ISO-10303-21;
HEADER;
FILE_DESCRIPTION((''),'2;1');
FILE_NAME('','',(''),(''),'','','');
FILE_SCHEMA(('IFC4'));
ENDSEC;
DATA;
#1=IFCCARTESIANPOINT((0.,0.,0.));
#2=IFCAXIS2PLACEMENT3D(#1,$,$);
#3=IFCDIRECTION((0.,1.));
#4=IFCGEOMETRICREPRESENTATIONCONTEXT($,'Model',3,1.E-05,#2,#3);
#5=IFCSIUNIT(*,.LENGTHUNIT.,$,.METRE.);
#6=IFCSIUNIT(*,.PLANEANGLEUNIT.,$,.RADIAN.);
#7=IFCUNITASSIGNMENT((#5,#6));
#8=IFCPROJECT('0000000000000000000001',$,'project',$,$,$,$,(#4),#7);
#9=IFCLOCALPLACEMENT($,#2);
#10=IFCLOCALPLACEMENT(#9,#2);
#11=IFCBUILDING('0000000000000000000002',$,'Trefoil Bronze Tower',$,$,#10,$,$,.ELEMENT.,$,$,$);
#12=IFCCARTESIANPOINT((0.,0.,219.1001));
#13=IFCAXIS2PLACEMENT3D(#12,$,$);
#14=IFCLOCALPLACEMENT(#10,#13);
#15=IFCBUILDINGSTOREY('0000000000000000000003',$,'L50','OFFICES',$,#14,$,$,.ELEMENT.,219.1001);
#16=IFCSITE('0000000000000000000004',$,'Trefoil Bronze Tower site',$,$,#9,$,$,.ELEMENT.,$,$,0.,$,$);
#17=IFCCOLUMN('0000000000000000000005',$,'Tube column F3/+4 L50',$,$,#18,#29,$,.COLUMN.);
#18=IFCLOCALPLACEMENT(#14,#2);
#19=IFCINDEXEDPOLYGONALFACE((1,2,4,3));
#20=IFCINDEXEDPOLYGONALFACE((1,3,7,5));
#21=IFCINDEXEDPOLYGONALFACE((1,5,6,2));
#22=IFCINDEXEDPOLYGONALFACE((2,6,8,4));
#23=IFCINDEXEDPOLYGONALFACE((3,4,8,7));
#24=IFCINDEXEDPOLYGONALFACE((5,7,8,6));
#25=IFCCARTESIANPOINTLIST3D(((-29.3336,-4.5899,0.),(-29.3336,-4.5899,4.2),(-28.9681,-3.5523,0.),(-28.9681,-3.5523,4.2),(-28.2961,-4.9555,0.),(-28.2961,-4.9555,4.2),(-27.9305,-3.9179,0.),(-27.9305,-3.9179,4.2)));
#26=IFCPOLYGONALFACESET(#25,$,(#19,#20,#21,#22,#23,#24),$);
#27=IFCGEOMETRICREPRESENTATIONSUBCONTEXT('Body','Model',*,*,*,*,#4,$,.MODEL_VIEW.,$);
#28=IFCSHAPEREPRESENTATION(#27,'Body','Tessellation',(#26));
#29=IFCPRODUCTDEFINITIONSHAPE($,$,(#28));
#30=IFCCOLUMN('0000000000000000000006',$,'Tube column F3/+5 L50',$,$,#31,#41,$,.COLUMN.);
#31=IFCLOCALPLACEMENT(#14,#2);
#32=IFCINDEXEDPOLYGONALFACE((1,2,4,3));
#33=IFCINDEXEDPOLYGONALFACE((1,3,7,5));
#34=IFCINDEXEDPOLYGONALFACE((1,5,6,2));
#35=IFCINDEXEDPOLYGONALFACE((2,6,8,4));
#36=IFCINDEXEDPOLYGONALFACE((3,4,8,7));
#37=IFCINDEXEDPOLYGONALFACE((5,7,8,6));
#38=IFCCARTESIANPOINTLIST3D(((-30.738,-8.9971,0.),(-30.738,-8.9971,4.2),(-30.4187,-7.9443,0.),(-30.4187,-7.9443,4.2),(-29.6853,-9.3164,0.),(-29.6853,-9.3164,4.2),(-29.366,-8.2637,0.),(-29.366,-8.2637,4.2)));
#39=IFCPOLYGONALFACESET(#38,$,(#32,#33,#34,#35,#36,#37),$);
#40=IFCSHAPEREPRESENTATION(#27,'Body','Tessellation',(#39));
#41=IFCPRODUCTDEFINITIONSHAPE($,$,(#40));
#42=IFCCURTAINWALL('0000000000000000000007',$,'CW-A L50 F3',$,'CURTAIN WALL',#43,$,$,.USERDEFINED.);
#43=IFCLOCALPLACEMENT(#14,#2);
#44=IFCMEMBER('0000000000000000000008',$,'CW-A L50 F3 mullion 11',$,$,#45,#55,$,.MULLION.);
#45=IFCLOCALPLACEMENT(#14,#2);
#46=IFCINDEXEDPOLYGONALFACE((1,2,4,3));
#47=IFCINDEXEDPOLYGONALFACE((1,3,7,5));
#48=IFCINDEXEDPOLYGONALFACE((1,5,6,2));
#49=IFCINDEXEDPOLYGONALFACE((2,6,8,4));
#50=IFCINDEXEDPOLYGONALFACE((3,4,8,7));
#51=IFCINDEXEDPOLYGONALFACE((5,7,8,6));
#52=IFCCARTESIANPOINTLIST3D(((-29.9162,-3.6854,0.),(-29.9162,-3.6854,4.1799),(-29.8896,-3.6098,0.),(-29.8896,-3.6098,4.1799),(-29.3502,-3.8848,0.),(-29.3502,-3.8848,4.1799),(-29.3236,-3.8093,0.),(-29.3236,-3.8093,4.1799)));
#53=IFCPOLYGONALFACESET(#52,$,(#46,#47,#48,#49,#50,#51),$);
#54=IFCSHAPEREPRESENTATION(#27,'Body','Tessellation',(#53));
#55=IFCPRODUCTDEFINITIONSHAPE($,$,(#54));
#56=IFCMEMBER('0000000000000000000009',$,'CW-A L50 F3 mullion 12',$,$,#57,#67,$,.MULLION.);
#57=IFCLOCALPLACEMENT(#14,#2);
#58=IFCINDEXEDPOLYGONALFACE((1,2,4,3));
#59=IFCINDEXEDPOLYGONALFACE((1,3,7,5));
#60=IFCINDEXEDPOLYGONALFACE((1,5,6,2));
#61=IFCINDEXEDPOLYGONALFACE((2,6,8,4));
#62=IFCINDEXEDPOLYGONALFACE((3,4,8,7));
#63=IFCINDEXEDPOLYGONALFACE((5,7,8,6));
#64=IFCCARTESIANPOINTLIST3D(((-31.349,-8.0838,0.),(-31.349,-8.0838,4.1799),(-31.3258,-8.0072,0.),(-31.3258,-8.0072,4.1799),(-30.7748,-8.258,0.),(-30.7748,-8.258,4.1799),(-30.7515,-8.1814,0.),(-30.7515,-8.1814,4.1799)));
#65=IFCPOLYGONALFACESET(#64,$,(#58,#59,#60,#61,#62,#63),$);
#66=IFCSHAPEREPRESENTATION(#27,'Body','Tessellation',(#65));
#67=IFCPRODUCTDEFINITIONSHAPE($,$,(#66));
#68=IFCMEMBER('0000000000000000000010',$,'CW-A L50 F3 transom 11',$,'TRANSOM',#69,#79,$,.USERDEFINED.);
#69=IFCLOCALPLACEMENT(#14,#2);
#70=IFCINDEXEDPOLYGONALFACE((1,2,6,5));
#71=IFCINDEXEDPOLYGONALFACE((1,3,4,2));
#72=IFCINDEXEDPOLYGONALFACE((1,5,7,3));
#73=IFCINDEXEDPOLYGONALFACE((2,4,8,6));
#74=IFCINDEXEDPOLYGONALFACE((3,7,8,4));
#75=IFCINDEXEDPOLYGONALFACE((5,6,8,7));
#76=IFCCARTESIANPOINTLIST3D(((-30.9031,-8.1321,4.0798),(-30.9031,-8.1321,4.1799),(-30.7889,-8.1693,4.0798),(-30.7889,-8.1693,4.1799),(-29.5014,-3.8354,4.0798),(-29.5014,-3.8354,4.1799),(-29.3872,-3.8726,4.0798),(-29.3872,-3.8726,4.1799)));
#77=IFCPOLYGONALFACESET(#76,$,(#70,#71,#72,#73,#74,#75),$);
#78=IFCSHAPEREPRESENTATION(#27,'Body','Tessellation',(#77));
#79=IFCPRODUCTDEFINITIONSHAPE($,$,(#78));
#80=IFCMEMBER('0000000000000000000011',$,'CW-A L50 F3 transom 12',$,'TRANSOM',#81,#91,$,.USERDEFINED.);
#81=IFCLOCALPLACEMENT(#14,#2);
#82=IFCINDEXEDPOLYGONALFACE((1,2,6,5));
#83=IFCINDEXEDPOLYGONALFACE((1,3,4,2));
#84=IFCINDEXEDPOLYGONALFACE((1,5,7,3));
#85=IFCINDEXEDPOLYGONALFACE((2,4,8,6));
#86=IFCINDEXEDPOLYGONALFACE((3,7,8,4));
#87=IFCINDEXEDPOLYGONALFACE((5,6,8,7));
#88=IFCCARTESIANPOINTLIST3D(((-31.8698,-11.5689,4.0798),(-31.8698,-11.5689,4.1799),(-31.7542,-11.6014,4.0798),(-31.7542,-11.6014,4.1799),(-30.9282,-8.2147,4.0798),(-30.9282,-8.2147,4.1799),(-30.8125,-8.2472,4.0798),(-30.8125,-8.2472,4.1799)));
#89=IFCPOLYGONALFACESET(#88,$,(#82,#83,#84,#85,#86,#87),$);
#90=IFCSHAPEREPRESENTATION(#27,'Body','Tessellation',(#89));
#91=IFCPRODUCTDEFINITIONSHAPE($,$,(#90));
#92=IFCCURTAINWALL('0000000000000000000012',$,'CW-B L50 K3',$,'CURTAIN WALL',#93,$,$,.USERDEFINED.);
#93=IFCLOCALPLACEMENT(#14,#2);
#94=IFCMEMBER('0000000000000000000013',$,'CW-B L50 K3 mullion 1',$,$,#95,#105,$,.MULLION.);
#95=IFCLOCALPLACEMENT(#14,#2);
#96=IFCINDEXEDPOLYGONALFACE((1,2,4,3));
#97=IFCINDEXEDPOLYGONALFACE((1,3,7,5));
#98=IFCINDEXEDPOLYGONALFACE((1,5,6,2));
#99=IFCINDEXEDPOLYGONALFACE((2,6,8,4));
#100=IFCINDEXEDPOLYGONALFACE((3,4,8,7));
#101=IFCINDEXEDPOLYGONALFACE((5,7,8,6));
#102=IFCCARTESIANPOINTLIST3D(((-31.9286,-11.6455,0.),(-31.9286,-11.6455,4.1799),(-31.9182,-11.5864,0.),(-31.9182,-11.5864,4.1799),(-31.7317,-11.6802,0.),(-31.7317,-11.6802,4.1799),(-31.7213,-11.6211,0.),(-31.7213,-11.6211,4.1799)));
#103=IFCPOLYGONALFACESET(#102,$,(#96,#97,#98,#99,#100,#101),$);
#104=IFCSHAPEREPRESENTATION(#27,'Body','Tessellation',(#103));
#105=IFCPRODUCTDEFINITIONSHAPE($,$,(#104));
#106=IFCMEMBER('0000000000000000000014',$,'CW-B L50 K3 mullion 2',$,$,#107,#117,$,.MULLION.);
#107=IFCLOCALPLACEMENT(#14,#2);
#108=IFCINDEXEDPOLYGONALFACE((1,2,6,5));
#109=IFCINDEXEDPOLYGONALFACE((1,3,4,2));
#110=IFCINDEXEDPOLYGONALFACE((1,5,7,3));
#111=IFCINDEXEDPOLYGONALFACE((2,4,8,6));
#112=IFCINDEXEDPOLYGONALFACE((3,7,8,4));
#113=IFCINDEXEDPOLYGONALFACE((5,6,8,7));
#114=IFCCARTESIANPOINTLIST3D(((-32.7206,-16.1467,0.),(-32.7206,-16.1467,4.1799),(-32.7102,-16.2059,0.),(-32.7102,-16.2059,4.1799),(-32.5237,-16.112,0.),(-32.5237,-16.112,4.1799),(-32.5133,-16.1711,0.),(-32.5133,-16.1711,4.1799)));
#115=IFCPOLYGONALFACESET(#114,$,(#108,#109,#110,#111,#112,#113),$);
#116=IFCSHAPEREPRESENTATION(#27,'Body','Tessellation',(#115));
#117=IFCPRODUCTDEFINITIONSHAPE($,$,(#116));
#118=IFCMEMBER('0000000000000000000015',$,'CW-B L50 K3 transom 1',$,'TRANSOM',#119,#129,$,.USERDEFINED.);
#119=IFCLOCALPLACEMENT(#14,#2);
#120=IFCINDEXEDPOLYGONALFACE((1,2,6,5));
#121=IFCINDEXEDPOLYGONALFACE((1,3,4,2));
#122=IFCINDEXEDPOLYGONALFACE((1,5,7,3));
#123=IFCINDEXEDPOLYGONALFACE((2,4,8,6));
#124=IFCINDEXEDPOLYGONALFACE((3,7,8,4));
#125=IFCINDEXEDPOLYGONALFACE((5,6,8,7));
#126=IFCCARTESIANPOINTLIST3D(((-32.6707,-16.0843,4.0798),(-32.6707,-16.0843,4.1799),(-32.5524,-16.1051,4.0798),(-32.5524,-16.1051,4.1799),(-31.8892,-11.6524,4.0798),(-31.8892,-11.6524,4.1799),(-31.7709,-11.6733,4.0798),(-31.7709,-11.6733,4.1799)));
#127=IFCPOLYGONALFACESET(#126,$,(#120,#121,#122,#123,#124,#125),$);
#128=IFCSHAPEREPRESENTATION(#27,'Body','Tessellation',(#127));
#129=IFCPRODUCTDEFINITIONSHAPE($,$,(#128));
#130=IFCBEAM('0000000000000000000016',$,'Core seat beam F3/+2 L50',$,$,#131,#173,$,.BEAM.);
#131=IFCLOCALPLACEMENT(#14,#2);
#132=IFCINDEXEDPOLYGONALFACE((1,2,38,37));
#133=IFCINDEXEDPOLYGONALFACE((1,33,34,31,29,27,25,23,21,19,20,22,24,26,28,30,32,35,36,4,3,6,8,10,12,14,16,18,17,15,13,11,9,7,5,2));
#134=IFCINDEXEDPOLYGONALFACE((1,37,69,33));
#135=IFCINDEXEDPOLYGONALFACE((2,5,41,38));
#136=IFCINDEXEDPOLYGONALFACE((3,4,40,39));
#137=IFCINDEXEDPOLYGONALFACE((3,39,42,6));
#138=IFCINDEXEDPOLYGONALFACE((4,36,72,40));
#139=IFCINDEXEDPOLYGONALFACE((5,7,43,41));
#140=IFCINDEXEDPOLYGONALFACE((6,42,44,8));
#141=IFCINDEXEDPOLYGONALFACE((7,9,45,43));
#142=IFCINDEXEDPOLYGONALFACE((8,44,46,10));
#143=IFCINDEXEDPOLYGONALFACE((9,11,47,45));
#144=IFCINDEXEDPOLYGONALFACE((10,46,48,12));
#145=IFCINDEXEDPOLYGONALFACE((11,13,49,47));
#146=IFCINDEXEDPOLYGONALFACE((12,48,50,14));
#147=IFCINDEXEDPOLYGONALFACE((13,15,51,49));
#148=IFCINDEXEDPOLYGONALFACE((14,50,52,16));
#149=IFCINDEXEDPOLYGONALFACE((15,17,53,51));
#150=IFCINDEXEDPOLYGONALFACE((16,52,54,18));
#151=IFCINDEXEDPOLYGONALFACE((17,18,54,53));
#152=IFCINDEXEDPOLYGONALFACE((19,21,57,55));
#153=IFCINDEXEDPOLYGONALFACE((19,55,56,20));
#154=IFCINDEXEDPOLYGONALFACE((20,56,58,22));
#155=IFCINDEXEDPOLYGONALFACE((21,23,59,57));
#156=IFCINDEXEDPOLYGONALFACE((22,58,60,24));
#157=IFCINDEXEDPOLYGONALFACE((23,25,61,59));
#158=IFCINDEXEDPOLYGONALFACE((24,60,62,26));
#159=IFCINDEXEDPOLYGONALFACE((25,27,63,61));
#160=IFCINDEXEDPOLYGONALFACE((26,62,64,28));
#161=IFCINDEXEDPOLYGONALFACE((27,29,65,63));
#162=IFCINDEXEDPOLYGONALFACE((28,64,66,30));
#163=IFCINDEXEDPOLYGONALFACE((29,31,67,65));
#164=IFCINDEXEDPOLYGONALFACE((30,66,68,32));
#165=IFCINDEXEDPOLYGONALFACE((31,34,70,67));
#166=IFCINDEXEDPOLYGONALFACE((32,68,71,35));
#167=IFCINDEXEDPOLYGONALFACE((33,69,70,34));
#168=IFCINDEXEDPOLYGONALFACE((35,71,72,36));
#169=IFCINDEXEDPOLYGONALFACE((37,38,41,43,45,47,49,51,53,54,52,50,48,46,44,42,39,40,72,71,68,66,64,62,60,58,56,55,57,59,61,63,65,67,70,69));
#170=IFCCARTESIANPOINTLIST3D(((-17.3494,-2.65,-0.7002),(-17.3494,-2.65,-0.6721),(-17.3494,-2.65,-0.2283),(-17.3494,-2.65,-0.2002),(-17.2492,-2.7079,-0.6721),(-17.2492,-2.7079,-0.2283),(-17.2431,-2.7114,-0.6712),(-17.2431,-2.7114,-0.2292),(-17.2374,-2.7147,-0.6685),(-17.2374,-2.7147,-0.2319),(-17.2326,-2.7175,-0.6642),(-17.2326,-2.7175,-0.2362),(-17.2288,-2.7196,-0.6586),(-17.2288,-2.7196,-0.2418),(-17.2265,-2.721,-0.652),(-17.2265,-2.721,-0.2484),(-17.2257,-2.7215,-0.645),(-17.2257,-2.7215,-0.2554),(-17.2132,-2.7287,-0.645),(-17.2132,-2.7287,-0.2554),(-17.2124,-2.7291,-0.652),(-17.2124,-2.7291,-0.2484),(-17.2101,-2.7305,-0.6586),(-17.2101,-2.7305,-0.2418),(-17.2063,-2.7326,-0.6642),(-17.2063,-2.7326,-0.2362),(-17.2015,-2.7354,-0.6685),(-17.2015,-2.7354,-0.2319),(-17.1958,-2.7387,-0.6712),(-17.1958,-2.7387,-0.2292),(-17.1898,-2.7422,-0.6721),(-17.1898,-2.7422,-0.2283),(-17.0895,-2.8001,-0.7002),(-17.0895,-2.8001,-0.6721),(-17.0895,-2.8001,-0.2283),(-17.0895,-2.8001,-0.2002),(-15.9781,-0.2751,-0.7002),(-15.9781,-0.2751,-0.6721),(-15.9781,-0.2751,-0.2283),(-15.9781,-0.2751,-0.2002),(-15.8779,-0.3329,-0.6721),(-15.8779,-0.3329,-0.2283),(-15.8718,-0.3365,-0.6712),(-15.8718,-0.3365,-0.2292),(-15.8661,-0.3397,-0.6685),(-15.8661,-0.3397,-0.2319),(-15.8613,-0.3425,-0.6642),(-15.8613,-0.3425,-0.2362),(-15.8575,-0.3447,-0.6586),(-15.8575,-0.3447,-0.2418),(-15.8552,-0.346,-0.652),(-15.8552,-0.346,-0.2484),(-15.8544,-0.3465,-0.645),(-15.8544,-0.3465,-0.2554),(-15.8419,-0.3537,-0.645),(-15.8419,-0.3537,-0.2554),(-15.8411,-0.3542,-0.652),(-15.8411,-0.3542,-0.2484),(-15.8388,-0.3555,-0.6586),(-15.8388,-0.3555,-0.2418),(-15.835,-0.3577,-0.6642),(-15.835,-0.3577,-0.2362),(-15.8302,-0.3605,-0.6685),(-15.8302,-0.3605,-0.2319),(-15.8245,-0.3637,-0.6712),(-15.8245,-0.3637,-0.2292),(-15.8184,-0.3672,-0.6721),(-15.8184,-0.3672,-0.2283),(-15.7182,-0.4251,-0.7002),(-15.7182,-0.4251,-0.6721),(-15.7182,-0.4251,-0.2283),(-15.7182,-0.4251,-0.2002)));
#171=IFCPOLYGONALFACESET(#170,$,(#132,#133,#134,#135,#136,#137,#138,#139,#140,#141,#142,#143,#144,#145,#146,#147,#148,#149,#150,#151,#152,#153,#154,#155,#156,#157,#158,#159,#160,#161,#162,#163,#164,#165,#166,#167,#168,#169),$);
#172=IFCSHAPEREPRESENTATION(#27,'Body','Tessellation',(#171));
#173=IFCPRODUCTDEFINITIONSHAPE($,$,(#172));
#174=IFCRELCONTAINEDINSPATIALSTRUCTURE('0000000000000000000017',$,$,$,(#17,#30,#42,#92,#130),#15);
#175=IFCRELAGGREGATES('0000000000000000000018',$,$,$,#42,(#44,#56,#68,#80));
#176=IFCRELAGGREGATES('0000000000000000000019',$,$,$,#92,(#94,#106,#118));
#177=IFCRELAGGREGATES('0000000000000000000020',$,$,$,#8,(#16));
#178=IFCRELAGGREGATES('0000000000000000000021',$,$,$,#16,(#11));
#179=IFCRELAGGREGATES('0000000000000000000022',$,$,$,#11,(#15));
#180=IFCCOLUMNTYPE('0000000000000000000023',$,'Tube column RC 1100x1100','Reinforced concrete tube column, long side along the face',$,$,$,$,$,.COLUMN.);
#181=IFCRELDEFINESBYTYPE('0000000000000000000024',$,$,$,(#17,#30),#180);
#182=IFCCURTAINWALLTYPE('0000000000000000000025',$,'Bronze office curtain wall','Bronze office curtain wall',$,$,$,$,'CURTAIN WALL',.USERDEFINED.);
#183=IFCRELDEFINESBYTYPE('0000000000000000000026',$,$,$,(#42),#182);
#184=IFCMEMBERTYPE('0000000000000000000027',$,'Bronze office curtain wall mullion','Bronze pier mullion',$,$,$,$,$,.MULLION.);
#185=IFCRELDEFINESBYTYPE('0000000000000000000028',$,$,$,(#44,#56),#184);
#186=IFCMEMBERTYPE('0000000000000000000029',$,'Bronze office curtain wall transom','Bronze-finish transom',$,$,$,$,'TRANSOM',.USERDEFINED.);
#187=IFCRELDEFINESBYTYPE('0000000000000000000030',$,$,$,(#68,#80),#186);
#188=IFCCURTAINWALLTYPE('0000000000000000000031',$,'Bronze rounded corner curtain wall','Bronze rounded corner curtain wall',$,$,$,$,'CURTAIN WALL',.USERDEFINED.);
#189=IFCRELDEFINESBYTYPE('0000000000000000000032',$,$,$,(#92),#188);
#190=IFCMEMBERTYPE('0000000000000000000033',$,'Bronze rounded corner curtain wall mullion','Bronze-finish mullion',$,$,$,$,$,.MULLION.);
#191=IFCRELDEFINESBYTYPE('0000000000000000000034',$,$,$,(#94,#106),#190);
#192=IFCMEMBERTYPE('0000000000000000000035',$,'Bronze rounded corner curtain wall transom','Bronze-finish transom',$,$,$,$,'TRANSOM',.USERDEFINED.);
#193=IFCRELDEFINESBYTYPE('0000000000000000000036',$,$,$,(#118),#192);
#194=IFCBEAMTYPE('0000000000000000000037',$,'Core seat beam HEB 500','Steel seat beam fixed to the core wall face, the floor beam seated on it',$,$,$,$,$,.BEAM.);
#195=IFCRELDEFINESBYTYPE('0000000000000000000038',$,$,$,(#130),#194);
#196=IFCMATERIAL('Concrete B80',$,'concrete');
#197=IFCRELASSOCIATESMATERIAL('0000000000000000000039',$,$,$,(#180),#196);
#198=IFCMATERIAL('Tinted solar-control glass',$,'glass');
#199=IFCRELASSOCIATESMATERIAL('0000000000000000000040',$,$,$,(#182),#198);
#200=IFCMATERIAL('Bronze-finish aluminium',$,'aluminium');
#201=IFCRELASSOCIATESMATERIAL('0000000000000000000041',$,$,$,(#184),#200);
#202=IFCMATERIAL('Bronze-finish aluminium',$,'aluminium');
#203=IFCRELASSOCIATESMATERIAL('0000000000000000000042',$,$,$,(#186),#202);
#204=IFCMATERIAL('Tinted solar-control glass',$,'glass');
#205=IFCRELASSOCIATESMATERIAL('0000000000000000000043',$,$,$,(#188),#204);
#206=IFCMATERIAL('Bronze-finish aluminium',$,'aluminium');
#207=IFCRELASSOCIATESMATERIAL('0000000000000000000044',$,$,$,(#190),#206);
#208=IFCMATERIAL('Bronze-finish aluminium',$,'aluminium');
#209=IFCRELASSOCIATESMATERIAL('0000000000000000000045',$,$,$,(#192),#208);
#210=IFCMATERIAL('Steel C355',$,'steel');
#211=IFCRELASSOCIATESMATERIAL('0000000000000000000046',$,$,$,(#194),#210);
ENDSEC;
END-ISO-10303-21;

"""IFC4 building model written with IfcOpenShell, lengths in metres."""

from ifc_helpers import new_model, si_unit, direction, frame, origin, origin_2d, place, context, subcontext, project, spatial, rectangle, i_section, extrude, material, material_profile, profile_set, type_object, element, aggregate, save


model = new_model("IFC4")

# Units and contexts
model_context = context("Model", 3, precision=1e-05, world=origin(), true_north=direction((0.0, 1.0)))
body_context = subcontext(model_context, "Body", "Model", "MODEL_VIEW")
ifc_project = project(units=[si_unit("LENGTHUNIT", "METRE"), si_unit("PLANEANGLEUNIT", "RADIAN")], contexts=[model_context])

# Site, building, storey
site_placement = place(None, origin())
site = spatial("IfcSite", under=ifc_project, at=site_placement, Name="Trefoil Bronze Tower site", CompositionType="ELEMENT", RefElevation=0.0)
building_placement = place(site_placement, origin())
building = spatial("IfcBuilding", under=site, at=building_placement, Name="Trefoil Bronze Tower", CompositionType="ELEMENT")
storey_placement = place(building_placement, frame((0.0, 0.0, 219.1001)))
storey = spatial("IfcBuildingStorey", under=building, at=storey_placement, Name="L50", Description="OFFICES", CompositionType="ELEMENT", Elevation=219.1001)

# Columns
ifc_material_1 = material(Name="Concrete B80", Category="concrete")
ifc_material_profile_1 = material_profile(ifc_material_1, rectangle(XDim=1.1001, YDim=1.1001, at=origin_2d()), Name="RC 1100x1100")
ifc_profile_set_1 = profile_set([ifc_material_profile_1], Name="Concrete B80")
column_type = type_object("IfcColumnType", Name="Tube column RC 1100x1100", Description="Reinforced concrete tube column, long side along the face", PredefinedType="COLUMN", material=ifc_profile_set_1)
for number, where, z_axis, x_axis, name in (
    (1, (-28.6321, -4.2539, 0.0), (0.0, 0.0, 1.0), (-0.332282, -0.94318, 0.0), "Tube column F3/+4 L50"),
    (2, (-30.052, -8.6304, 0.0), (0.0, 0.0, 1.0), (-0.290278, -0.956942, 0.0), "Tube column F3/+5 L50"),
):
    element("IfcColumn", number, at=place(storey_placement, frame(where, z_axis=z_axis, x_axis=x_axis)), inside=storey, type_object=column_type, Name=name, PredefinedType="COLUMN", context=body_context, shape_type="SweptSolid", body=[
        extrude(rectangle(XDim=1.1001, YDim=1.1001, at=origin_2d()), origin(), (0.0, 0.0, 1.0), 4.2),
    ])

# Curtain walls, members
ifc_material_2 = material(Name="Tinted solar-control glass", Category="glass")
curtain_wall_type_1 = type_object("IfcCurtainWallType", Name="Bronze office curtain wall", Description="Bronze office curtain wall", ElementType="CURTAIN WALL", PredefinedType="USERDEFINED", material=ifc_material_2)
curtain_wall_1_placement = place(storey_placement, origin())
curtain_wall_1 = element("IfcCurtainWall", 3, at=curtain_wall_1_placement, inside=storey, type_object=curtain_wall_type_1, Name="CW-A L50 F3", ObjectType="CURTAIN WALL", PredefinedType="USERDEFINED")
ifc_material_3 = material(Name="Bronze-finish aluminium", Category="aluminium")
ifc_material_profile_2 = material_profile(ifc_material_3, rectangle(XDim=0.6001, YDim=0.0801, at=origin_2d()), Name="CW-A mullion")
ifc_profile_set_2 = profile_set([ifc_material_profile_2], Name="Bronze-finish aluminium")
member_type_1 = type_object("IfcMemberType", Name="Bronze office curtain wall mullion", Description="Bronze pier mullion", PredefinedType="MULLION", material=ifc_profile_set_2)
member_1_placement = place(storey_placement, frame((-29.6199, -3.7473, 0.0), z_axis=(0.0, 0.0, 1.0), x_axis=(0.94318, -0.332282, 0.0)))
member_1 = element("IfcMember", 4, at=member_1_placement, type_object=member_type_1, Name="CW-A L50 F3 mullion 11", PredefinedType="MULLION", context=body_context, shape_type="SweptSolid", body=[
    extrude(rectangle(XDim=0.6001, YDim=0.0801, at=origin_2d()), origin(), (0.0, 0.0, 1.0), 4.1799),
])
member_2_placement = place(storey_placement, frame((-31.0503, -8.1326, 0.0), z_axis=(0.0, 0.0, 1.0), x_axis=(0.956942, -0.290278, 0.0)))
member_2 = element("IfcMember", 5, at=member_2_placement, type_object=member_type_1, Name="CW-A L50 F3 mullion 12", PredefinedType="MULLION", context=body_context, shape_type="SweptSolid", body=[
    extrude(rectangle(XDim=0.6001, YDim=0.0801, at=origin_2d()), origin(), (0.0, 0.0, 1.0), 4.1799),
])
ifc_material_4 = material(Name="Bronze-finish aluminium", Category="aluminium")
ifc_material_profile_3 = material_profile(ifc_material_4, rectangle(XDim=0.1201, YDim=0.1001, at=origin_2d()), Name="CW-A transom")
ifc_profile_set_3 = profile_set([ifc_material_profile_3], Name="Bronze-finish aluminium")
member_type_2 = type_object("IfcMemberType", Name="Bronze office curtain wall transom", Description="Bronze-finish transom", ElementType="TRANSOM", PredefinedType="USERDEFINED", material=ifc_profile_set_3)
member_3_placement = place(storey_placement, frame((-29.4443, -3.854, 4.1299), z_axis=(-0.310128, -0.950695, 0.0), x_axis=(0.950695, -0.310128, 0.0)))
member_3 = element("IfcMember", 6, at=member_3_placement, type_object=member_type_2, Name="CW-A L50 F3 transom 11", ObjectType="TRANSOM", PredefinedType="USERDEFINED", context=body_context, shape_type="SweptSolid", body=[
    extrude(rectangle(XDim=0.1201, YDim=0.1001, at=origin_2d()), origin(), (0.0, 0.0, 1.0), 4.5195),
])
member_4_placement = place(storey_placement, frame((-30.8704, -8.231, 4.1299), z_axis=(-0.270285, -0.96278, 0.0), x_axis=(0.96278, -0.270285, 0.0)))
member_4 = element("IfcMember", 7, at=member_4_placement, type_object=member_type_2, Name="CW-A L50 F3 transom 12", ObjectType="TRANSOM", PredefinedType="USERDEFINED", context=body_context, shape_type="SweptSolid", body=[
    extrude(rectangle(XDim=0.1201, YDim=0.1001, at=origin_2d()), origin(), (0.0, 0.0, 1.0), 3.4839),
])
ifc_material_5 = material(Name="Tinted solar-control glass", Category="glass")
curtain_wall_type_2 = type_object("IfcCurtainWallType", Name="Bronze rounded corner curtain wall", Description="Bronze rounded corner curtain wall", ElementType="CURTAIN WALL", PredefinedType="USERDEFINED", material=ifc_material_5)
curtain_wall_2_placement = place(storey_placement, origin())
curtain_wall_2 = element("IfcCurtainWall", 8, at=curtain_wall_2_placement, inside=storey, type_object=curtain_wall_type_2, Name="CW-B L50 K3", ObjectType="CURTAIN WALL", PredefinedType="USERDEFINED")
ifc_material_6 = material(Name="Bronze-finish aluminium", Category="aluminium")
ifc_material_profile_4 = material_profile(ifc_material_6, rectangle(XDim=0.2, YDim=0.0601, at=origin_2d()), Name="CW-B mullion")
ifc_profile_set_4 = profile_set([ifc_material_profile_4], Name="Bronze-finish aluminium")
member_type_3 = type_object("IfcMemberType", Name="Bronze rounded corner curtain wall mullion", Description="Bronze-finish mullion", PredefinedType="MULLION", material=ifc_profile_set_4)
member_5_placement = place(storey_placement, frame((-31.825, -11.6333, 0.0), z_axis=(0.0, 0.0, 1.0), x_axis=(0.984808, -0.173648, 0.0)))
member_5 = element("IfcMember", 9, at=member_5_placement, type_object=member_type_3, Name="CW-B L50 K3 mullion 1", PredefinedType="MULLION", context=body_context, shape_type="SweptSolid", body=[
    extrude(rectangle(XDim=0.2, YDim=0.0601, at=origin_2d()), origin(), (0.0, 0.0, 1.0), 4.1799),
])
member_6_placement = place(storey_placement, frame((-32.6169, -16.1589, 0.0), z_axis=(0.0, 0.0, 1.0), x_axis=(0.984808, 0.173648, 0.0)))
member_6 = element("IfcMember", 10, at=member_6_placement, type_object=member_type_3, Name="CW-B L50 K3 mullion 2", PredefinedType="MULLION", context=body_context, shape_type="SweptSolid", body=[
    extrude(rectangle(XDim=0.2, YDim=0.0601, at=origin_2d()), origin(), (0.0, 0.0, 1.0), 4.1799),
])
ifc_material_7 = material(Name="Bronze-finish aluminium", Category="aluminium")
ifc_material_profile_5 = material_profile(ifc_material_7, rectangle(XDim=0.1201, YDim=0.1001, at=origin_2d()), Name="CW-B transom")
ifc_profile_set_5 = profile_set([ifc_material_profile_5], Name="Bronze-finish aluminium")
member_type_4 = type_object("IfcMemberType", Name="Bronze rounded corner curtain wall transom", Description="Bronze-finish transom", ElementType="TRANSOM", PredefinedType="USERDEFINED", material=ifc_profile_set_5)
member_7_placement = place(storey_placement, frame((-31.8301, -11.6628, 4.1299), z_axis=(-0.173655, -0.984806, 0.0), x_axis=(0.984806, -0.173655, 0.0)))
member_7 = element("IfcMember", 11, at=member_7_placement, type_object=member_type_4, Name="CW-B L50 K3 transom 1", ObjectType="TRANSOM", PredefinedType="USERDEFINED", context=body_context, shape_type="SweptSolid", body=[
    extrude(rectangle(XDim=0.1201, YDim=0.1001, at=origin_2d()), origin(), (0.0, 0.0, 1.0), 4.5002),
])

# Beam
ifc_material_8 = material(Name="Steel C355", Category="steel")
ifc_material_profile_6 = material_profile(ifc_material_8, i_section(OverallWidth=0.3, OverallDepth=0.5, WebThickness=0.0144, FlangeThickness=0.0281, FilletRadius=0.0271, at=origin_2d()), Name="HEB 500")
ifc_profile_set_6 = profile_set([ifc_material_profile_6], Name="Steel C355")
beam_type_1 = type_object("IfcBeamType", Name="Core seat beam HEB 500", Description="Steel seat beam fixed to the core wall face, the floor beam seated on it", PredefinedType="BEAM", material=ifc_profile_set_6)
beam_1_placement = place(storey_placement, frame((-15.8481, -0.3501, -0.4502), z_axis=(-0.500036, -0.866005, 0.0), x_axis=(0.866005, -0.500036, 0.0)))
element("IfcBeam", 12, at=beam_1_placement, inside=storey, type_object=beam_type_1, Name="Core seat beam F3/+2 L50", PredefinedType="BEAM", context=body_context, shape_type="SweptSolid", body=[
    extrude(i_section(OverallWidth=0.3, OverallDepth=0.5, WebThickness=0.0144, FlangeThickness=0.0281, FilletRadius=0.0271, at=origin_2d()), origin(), (0.0, 0.0, 1.0), 2.7424),
])

aggregate(curtain_wall_1, [member_1, member_2, member_3, member_4])
aggregate(curtain_wall_2, [member_5, member_6, member_7])

save(model, "model.ifc")
